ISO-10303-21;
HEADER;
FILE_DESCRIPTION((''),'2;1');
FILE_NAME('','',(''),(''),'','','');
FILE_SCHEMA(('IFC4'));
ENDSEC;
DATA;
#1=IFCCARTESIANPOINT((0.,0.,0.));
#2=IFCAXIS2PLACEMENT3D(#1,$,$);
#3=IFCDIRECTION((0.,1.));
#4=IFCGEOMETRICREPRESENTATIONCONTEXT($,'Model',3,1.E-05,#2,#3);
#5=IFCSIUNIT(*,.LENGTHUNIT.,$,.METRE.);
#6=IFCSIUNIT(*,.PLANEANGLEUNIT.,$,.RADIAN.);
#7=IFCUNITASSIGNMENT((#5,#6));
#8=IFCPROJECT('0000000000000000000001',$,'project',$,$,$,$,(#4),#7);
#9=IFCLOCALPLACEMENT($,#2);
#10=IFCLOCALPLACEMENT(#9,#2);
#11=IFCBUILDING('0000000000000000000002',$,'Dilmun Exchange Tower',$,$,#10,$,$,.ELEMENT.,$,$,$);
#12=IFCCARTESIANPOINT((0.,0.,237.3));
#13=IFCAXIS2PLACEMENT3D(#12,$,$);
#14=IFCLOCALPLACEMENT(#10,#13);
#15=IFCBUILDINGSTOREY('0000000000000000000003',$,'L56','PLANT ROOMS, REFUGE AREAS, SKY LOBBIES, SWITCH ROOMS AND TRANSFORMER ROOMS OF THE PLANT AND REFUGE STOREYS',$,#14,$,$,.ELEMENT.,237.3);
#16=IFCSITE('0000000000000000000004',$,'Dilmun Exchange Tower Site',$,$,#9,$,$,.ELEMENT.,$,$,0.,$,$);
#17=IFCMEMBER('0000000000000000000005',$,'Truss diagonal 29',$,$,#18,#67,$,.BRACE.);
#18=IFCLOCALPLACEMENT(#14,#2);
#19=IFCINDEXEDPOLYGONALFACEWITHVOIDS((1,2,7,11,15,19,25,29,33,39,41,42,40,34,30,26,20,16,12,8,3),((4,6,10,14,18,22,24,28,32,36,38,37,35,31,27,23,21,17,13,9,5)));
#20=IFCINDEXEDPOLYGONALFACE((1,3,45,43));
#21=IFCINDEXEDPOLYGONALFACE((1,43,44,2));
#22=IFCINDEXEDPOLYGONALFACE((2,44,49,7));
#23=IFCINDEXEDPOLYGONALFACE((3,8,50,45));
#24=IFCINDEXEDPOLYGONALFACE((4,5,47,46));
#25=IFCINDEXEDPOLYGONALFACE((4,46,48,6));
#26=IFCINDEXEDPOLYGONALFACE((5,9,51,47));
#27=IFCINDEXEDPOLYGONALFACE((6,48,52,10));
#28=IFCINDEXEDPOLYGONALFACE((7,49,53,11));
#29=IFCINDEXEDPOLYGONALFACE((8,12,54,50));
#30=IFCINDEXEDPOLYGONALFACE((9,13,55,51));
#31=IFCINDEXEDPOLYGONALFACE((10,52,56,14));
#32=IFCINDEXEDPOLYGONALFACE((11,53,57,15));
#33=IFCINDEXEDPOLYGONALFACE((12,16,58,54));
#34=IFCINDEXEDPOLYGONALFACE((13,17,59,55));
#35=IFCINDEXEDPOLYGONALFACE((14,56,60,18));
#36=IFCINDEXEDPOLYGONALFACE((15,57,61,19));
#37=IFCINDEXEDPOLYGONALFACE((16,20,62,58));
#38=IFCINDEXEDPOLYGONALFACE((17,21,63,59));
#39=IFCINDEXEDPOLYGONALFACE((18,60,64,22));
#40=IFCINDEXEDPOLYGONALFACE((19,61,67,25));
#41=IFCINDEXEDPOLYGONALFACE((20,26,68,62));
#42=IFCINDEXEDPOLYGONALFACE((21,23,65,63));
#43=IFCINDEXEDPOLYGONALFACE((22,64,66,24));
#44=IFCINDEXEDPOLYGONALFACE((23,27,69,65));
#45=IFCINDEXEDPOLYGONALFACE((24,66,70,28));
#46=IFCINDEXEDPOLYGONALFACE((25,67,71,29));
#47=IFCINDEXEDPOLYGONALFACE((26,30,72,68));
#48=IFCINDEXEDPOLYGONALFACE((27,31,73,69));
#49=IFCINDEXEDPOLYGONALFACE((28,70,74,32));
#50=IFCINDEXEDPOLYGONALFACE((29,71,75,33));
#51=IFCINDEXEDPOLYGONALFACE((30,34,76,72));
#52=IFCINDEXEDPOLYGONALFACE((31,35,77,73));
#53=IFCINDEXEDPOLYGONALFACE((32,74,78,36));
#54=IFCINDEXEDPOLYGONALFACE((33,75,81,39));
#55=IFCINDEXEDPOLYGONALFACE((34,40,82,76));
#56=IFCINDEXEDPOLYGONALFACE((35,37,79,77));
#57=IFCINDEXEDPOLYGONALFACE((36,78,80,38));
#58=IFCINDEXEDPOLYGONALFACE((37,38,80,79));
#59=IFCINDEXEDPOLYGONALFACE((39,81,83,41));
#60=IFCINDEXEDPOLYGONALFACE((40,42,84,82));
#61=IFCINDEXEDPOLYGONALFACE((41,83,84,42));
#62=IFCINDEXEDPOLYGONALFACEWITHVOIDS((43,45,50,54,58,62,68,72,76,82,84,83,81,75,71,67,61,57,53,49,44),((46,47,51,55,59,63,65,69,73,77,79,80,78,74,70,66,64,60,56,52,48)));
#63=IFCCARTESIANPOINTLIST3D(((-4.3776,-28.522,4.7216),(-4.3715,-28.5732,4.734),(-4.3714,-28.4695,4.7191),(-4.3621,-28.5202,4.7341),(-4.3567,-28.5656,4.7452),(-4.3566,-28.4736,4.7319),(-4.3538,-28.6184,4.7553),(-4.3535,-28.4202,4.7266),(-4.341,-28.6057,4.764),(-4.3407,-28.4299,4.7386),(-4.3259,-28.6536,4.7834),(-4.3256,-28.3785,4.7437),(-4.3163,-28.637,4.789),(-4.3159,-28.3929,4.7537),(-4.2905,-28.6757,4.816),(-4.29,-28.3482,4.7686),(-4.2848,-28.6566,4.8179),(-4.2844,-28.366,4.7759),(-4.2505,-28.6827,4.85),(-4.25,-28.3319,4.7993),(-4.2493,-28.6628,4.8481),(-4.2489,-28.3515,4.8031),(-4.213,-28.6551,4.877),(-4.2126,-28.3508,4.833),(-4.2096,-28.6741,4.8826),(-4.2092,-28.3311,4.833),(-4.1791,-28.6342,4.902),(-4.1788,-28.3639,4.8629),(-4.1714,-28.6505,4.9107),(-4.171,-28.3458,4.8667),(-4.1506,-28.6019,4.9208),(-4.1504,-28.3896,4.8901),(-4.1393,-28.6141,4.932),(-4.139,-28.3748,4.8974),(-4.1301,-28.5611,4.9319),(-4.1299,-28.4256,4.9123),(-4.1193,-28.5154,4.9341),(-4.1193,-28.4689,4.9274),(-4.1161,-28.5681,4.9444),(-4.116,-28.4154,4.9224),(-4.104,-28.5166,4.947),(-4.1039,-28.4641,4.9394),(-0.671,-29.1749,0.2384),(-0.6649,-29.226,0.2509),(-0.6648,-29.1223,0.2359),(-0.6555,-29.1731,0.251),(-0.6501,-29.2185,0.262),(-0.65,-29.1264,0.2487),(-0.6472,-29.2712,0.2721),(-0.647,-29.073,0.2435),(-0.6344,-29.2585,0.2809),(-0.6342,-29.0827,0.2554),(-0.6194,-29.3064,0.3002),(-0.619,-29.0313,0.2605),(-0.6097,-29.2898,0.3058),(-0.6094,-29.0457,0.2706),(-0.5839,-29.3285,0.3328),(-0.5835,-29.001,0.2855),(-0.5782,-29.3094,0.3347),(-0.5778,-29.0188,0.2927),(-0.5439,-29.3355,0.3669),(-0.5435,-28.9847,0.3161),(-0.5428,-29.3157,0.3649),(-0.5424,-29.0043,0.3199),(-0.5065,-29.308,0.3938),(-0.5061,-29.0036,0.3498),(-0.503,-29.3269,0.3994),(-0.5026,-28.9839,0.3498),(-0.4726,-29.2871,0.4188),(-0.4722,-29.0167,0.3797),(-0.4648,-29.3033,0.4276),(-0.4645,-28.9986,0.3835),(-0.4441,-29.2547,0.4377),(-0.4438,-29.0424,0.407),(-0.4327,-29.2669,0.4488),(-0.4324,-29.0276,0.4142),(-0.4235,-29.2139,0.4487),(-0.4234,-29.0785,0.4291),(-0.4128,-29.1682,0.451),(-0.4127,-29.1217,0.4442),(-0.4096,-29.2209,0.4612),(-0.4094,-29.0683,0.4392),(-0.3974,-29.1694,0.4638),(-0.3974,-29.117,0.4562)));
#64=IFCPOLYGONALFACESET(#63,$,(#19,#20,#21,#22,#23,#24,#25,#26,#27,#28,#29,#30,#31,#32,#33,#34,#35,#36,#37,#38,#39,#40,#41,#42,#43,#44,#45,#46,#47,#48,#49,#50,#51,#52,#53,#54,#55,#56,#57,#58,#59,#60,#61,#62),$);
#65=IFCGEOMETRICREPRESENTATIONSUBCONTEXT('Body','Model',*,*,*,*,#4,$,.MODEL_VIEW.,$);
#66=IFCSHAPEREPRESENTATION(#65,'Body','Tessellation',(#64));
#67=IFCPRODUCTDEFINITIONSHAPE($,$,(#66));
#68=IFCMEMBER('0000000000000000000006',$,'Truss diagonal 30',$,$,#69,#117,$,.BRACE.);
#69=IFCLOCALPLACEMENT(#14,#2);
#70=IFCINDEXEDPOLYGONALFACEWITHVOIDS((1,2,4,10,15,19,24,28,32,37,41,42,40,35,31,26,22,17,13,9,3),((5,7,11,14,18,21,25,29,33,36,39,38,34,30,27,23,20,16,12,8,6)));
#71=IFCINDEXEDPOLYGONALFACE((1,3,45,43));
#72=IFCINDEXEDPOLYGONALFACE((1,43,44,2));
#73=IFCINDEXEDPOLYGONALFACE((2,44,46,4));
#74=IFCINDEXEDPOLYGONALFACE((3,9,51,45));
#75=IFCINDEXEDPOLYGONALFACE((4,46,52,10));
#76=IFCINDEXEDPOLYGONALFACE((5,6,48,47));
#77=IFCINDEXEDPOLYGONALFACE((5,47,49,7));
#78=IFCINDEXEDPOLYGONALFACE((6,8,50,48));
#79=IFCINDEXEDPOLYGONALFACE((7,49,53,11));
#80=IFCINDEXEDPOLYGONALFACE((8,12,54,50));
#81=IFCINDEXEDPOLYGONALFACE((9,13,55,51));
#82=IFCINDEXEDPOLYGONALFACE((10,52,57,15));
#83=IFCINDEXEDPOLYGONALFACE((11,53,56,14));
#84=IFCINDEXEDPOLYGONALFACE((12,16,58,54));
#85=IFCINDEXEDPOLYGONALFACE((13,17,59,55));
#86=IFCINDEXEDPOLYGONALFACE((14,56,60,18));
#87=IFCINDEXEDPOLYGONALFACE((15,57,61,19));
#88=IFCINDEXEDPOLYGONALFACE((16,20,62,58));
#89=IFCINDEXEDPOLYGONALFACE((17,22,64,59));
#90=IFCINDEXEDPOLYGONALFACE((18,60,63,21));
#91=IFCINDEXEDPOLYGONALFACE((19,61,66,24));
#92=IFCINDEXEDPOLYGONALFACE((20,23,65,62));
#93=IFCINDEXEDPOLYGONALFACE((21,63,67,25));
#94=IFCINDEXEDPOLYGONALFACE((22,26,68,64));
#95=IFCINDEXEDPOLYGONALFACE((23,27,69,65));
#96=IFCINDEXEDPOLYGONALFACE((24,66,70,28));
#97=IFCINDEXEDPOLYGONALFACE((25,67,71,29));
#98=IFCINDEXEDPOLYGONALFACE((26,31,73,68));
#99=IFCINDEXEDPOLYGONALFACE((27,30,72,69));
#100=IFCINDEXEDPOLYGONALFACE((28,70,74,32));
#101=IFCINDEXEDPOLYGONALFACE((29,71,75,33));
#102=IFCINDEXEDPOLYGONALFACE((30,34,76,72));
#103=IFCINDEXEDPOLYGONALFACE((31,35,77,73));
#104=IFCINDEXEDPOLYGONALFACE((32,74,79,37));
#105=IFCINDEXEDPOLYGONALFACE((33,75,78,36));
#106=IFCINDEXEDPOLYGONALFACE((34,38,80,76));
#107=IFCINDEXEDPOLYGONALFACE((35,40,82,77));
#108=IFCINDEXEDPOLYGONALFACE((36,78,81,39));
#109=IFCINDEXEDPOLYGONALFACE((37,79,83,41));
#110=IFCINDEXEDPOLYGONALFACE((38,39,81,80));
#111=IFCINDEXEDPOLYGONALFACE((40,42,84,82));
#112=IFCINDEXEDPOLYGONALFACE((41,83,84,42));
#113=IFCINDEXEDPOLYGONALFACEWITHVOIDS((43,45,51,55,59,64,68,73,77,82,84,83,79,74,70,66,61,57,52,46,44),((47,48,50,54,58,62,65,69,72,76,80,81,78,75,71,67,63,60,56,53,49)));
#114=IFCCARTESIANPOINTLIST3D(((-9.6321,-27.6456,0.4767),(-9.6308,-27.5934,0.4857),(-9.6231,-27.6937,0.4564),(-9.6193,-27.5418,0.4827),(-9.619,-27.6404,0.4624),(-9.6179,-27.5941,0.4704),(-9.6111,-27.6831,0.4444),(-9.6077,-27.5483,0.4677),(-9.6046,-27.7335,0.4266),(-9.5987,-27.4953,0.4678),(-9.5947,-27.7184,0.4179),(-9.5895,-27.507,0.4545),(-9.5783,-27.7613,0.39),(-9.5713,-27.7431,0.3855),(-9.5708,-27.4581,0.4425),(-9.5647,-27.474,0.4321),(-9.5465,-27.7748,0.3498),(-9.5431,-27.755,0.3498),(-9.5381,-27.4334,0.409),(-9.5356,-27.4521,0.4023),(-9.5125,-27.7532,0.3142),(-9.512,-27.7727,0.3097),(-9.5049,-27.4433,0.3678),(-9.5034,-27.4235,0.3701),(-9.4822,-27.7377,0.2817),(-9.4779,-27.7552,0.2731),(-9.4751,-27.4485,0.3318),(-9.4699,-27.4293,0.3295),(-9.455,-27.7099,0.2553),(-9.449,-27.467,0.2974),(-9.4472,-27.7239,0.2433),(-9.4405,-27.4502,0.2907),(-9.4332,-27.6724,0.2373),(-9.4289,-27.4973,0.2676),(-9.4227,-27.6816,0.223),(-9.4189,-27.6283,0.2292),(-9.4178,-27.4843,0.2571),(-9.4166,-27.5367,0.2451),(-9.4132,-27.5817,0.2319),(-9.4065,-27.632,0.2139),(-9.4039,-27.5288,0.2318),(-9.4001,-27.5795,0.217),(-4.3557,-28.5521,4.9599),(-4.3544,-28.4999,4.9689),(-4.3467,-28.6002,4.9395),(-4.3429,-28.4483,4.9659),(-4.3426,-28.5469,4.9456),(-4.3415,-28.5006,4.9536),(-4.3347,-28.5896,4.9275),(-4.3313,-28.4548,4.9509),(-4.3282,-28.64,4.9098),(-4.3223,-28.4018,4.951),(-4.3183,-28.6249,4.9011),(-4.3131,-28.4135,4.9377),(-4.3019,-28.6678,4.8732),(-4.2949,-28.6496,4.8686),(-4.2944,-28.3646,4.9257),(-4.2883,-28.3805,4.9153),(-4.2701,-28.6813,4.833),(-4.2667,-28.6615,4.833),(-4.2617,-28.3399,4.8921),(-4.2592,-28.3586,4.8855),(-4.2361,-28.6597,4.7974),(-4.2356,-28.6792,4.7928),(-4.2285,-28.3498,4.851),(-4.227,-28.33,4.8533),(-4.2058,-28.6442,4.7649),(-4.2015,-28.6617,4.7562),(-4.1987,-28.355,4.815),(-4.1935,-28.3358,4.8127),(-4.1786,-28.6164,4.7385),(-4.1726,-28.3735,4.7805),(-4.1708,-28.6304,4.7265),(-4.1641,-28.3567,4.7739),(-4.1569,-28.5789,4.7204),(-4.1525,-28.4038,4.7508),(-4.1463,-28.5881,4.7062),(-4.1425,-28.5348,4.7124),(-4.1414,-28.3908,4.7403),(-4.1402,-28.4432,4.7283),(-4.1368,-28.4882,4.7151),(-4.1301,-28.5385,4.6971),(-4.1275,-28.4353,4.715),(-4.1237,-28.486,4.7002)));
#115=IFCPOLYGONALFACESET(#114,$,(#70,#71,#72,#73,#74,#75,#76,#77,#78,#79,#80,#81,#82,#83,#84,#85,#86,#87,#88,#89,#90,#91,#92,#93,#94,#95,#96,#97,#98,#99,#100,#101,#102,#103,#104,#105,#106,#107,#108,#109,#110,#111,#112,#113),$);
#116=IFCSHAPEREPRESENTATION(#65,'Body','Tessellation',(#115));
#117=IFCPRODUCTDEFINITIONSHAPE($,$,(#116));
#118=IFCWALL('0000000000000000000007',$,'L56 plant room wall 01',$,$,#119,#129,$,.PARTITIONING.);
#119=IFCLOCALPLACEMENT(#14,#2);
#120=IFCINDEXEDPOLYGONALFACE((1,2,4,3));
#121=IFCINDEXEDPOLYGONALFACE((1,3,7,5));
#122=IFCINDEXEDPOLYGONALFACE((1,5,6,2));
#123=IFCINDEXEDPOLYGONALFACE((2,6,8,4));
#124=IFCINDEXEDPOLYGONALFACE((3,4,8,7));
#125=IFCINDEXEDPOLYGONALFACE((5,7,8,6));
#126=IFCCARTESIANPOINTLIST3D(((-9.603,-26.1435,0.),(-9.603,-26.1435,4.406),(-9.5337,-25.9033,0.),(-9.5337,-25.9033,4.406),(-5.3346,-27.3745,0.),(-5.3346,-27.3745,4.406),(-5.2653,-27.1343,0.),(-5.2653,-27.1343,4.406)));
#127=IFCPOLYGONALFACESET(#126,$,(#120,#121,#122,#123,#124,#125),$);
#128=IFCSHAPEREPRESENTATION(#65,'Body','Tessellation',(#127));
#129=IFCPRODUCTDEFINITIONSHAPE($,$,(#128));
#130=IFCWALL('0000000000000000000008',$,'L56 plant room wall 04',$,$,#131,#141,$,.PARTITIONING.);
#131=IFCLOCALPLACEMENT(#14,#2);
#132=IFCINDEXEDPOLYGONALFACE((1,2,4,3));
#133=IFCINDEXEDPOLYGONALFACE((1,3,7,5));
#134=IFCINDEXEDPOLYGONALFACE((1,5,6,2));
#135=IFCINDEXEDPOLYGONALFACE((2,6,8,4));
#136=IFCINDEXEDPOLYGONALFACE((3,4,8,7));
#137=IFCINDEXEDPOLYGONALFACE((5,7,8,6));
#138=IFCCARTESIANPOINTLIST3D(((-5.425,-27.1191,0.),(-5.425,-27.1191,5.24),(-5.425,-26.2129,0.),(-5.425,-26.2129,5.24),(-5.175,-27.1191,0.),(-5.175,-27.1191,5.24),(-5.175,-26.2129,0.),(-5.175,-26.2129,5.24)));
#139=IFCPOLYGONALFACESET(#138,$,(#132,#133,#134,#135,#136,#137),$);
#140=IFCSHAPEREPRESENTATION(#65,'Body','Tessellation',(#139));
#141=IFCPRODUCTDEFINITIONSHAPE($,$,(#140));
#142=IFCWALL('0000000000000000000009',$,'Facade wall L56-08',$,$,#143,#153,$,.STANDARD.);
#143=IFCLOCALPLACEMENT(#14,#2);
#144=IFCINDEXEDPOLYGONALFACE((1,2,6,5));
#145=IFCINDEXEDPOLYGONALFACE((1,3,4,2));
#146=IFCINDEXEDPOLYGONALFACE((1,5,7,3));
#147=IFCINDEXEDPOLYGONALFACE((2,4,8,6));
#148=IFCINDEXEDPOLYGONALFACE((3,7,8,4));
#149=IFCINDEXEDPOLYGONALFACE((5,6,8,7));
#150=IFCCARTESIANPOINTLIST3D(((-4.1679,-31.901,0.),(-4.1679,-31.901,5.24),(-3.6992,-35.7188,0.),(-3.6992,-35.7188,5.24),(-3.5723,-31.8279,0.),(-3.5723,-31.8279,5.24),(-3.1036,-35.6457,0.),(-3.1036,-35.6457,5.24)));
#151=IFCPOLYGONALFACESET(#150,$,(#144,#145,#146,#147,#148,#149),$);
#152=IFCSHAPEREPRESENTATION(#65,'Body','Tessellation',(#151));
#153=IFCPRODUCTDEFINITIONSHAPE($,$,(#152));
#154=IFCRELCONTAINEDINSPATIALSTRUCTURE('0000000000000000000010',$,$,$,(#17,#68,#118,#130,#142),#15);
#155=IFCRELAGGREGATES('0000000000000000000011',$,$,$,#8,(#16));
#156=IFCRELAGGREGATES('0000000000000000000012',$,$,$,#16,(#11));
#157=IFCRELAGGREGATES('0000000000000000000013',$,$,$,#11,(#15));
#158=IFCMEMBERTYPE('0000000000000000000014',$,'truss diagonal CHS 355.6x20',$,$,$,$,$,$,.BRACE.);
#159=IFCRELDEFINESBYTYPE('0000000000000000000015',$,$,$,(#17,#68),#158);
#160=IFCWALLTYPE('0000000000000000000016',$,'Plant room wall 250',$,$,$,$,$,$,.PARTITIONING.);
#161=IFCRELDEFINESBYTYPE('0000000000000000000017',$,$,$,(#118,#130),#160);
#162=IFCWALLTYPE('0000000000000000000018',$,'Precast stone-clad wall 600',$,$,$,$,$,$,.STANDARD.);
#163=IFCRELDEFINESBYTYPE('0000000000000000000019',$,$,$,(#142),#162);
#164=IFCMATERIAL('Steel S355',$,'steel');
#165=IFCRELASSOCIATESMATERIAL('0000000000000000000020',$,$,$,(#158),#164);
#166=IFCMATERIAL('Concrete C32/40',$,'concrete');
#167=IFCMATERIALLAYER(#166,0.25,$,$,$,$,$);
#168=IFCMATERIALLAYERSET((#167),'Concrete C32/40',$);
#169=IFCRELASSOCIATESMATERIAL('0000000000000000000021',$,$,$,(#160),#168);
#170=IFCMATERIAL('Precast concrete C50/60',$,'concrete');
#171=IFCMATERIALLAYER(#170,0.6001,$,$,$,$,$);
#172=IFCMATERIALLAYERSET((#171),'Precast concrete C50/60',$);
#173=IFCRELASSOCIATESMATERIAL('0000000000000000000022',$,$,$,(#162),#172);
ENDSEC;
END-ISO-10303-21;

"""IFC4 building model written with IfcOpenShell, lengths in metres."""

from ifc_helpers import new_model, si_unit, direction, frame, frame_2d, origin, origin_2d, place, context, subcontext, project, spatial, rectangle, hollow_circle, extrude, material, layer, layer_set, material_profile, profile_set, type_object, element, save


model = new_model("IFC4")

# Units and contexts
model_context = context("Model", 3, precision=1e-05, world=origin(), true_north=direction((0.0, 1.0)))
body_context = subcontext(model_context, "Body", "Model", "MODEL_VIEW")
ifc_project = project(units=[si_unit("LENGTHUNIT", "METRE"), si_unit("PLANEANGLEUNIT", "RADIAN")], contexts=[model_context])

# Site, building, storey
site_placement = place(None, origin())
site = spatial("IfcSite", under=ifc_project, at=site_placement, Name="Dilmun Exchange Tower Site", CompositionType="ELEMENT", RefElevation=0.0)
building_placement = place(site_placement, origin())
building = spatial("IfcBuilding", under=site, at=building_placement, Name="Dilmun Exchange Tower", CompositionType="ELEMENT")
storey_placement = place(building_placement, frame((0.0, 0.0, 237.3)))
storey = spatial("IfcBuildingStorey", under=building, at=storey_placement, Name="L56", Description="PLANT ROOMS, REFUGE AREAS, SKY LOBBIES, SWITCH ROOMS AND TRANSFORMER ROOMS OF THE PLANT AND REFUGE STOREYS", CompositionType="ELEMENT", Elevation=237.3)

# Shared definitions
ifc_material_1 = material(Name="Steel S355", Category="steel")

# Members
ifc_material_profile_1 = material_profile(ifc_material_1, hollow_circle(Radius=0.1777, WallThickness=0.02, at=origin_2d()), Name="CHS 355.6x20")
ifc_profile_set_1 = profile_set([ifc_material_profile_1], Name="Steel S355")
member_type = type_object("IfcMemberType", Name="truss diagonal CHS 355.6x20", PredefinedType="BRACE", material=ifc_profile_set_1)
member_1_placement = place(storey_placement, frame((-4.24, -28.5061, 4.833), z_axis=(0.63322, -0.111529, -0.765894), x_axis=(0.17346, 0.984841, 0.0)))
element("IfcMember", 1, at=member_1_placement, inside=storey, type_object=member_type, Name="Truss diagonal 29", PredefinedType="BRACE", context=body_context, shape_type="SweptSolid", body=[
    extrude(hollow_circle(Radius=0.1777, WallThickness=0.02, at=origin_2d()), origin(), (0.0, 0.0, 1.0), 5.8535),
])
member_2_placement = place(storey_placement, frame((-4.24, -28.5061, 4.833), z_axis=(-0.755616, 0.129817, -0.642022), x_axis=(-0.169322, -0.985561, 0.0)))
element("IfcMember", 2, at=member_2_placement, inside=storey, type_object=member_type, Name="Truss diagonal 30", PredefinedType="BRACE", context=body_context, shape_type="SweptSolid", body=[
    extrude(hollow_circle(Radius=0.1777, WallThickness=0.02, at=origin_2d()), origin(), (0.0, 0.0, 1.0), 6.9829),
])

# Walls
ifc_material_2 = material(Name="Concrete C32/40", Category="concrete")
ifc_layer_1 = layer(ifc_material_2, 0.25)
ifc_layer_set_1 = layer_set([ifc_layer_1], Name="Concrete C32/40")
wall_type_1 = type_object("IfcWallType", Name="Plant room wall 250", PredefinedType="PARTITIONING", material=ifc_layer_set_1)
wall_1_placement = place(storey_placement, frame((-9.5684, -26.0234, 0.0), z_axis=(0.0, 0.0, 1.0), x_axis=(0.960841, -0.277101, 0.0)))
element("IfcWall", 3, at=wall_1_placement, inside=storey, type_object=wall_type_1, Name="L56 plant room wall 01", PredefinedType="PARTITIONING", context=body_context, shape_type="SweptSolid", body=[
    extrude(rectangle(XDim=4.4424, YDim=0.25, at=frame_2d((2.2212, 0.0))), origin(), (0.0, 0.0, 1.0), 4.406),
])
wall_2_placement = place(storey_placement, frame((-5.3, -27.1191, 0.0), z_axis=(0.0, 0.0, 1.0), x_axis=(0.0, 1.0, 0.0)))
element("IfcWall", 4, at=wall_2_placement, inside=storey, type_object=wall_type_1, Name="L56 plant room wall 04", PredefinedType="PARTITIONING", context=body_context, shape_type="SweptSolid", body=[
    extrude(rectangle(XDim=0.9062, YDim=0.25, at=frame_2d((0.4531, 0.0))), origin(), (0.0, 0.0, 1.0), 5.24),
])
ifc_material_3 = material(Name="Precast concrete C50/60", Category="concrete")
ifc_layer_2 = layer(ifc_material_3, 0.6001)
ifc_layer_set_2 = layer_set([ifc_layer_2], Name="Precast concrete C50/60")
wall_type_2 = type_object("IfcWallType", Name="Precast stone-clad wall 600", PredefinedType="STANDARD", material=ifc_layer_set_2)
wall_3_placement = place(storey_placement, frame((-3.4014, -35.6824, 0.0), z_axis=(0.0, 0.0, 1.0), x_axis=(-0.121863, 0.992547, 0.0)))
element("IfcWall", 5, at=wall_3_placement, inside=storey, type_object=wall_type_2, Name="Facade wall L56-08", PredefinedType="STANDARD", context=body_context, shape_type="SweptSolid", body=[
    extrude(rectangle(XDim=3.8464, YDim=0.6001, at=frame_2d((1.9233, 0.0))), origin(), (0.0, 0.0, 1.0), 5.24),
])

save(model, "model.ifc")
